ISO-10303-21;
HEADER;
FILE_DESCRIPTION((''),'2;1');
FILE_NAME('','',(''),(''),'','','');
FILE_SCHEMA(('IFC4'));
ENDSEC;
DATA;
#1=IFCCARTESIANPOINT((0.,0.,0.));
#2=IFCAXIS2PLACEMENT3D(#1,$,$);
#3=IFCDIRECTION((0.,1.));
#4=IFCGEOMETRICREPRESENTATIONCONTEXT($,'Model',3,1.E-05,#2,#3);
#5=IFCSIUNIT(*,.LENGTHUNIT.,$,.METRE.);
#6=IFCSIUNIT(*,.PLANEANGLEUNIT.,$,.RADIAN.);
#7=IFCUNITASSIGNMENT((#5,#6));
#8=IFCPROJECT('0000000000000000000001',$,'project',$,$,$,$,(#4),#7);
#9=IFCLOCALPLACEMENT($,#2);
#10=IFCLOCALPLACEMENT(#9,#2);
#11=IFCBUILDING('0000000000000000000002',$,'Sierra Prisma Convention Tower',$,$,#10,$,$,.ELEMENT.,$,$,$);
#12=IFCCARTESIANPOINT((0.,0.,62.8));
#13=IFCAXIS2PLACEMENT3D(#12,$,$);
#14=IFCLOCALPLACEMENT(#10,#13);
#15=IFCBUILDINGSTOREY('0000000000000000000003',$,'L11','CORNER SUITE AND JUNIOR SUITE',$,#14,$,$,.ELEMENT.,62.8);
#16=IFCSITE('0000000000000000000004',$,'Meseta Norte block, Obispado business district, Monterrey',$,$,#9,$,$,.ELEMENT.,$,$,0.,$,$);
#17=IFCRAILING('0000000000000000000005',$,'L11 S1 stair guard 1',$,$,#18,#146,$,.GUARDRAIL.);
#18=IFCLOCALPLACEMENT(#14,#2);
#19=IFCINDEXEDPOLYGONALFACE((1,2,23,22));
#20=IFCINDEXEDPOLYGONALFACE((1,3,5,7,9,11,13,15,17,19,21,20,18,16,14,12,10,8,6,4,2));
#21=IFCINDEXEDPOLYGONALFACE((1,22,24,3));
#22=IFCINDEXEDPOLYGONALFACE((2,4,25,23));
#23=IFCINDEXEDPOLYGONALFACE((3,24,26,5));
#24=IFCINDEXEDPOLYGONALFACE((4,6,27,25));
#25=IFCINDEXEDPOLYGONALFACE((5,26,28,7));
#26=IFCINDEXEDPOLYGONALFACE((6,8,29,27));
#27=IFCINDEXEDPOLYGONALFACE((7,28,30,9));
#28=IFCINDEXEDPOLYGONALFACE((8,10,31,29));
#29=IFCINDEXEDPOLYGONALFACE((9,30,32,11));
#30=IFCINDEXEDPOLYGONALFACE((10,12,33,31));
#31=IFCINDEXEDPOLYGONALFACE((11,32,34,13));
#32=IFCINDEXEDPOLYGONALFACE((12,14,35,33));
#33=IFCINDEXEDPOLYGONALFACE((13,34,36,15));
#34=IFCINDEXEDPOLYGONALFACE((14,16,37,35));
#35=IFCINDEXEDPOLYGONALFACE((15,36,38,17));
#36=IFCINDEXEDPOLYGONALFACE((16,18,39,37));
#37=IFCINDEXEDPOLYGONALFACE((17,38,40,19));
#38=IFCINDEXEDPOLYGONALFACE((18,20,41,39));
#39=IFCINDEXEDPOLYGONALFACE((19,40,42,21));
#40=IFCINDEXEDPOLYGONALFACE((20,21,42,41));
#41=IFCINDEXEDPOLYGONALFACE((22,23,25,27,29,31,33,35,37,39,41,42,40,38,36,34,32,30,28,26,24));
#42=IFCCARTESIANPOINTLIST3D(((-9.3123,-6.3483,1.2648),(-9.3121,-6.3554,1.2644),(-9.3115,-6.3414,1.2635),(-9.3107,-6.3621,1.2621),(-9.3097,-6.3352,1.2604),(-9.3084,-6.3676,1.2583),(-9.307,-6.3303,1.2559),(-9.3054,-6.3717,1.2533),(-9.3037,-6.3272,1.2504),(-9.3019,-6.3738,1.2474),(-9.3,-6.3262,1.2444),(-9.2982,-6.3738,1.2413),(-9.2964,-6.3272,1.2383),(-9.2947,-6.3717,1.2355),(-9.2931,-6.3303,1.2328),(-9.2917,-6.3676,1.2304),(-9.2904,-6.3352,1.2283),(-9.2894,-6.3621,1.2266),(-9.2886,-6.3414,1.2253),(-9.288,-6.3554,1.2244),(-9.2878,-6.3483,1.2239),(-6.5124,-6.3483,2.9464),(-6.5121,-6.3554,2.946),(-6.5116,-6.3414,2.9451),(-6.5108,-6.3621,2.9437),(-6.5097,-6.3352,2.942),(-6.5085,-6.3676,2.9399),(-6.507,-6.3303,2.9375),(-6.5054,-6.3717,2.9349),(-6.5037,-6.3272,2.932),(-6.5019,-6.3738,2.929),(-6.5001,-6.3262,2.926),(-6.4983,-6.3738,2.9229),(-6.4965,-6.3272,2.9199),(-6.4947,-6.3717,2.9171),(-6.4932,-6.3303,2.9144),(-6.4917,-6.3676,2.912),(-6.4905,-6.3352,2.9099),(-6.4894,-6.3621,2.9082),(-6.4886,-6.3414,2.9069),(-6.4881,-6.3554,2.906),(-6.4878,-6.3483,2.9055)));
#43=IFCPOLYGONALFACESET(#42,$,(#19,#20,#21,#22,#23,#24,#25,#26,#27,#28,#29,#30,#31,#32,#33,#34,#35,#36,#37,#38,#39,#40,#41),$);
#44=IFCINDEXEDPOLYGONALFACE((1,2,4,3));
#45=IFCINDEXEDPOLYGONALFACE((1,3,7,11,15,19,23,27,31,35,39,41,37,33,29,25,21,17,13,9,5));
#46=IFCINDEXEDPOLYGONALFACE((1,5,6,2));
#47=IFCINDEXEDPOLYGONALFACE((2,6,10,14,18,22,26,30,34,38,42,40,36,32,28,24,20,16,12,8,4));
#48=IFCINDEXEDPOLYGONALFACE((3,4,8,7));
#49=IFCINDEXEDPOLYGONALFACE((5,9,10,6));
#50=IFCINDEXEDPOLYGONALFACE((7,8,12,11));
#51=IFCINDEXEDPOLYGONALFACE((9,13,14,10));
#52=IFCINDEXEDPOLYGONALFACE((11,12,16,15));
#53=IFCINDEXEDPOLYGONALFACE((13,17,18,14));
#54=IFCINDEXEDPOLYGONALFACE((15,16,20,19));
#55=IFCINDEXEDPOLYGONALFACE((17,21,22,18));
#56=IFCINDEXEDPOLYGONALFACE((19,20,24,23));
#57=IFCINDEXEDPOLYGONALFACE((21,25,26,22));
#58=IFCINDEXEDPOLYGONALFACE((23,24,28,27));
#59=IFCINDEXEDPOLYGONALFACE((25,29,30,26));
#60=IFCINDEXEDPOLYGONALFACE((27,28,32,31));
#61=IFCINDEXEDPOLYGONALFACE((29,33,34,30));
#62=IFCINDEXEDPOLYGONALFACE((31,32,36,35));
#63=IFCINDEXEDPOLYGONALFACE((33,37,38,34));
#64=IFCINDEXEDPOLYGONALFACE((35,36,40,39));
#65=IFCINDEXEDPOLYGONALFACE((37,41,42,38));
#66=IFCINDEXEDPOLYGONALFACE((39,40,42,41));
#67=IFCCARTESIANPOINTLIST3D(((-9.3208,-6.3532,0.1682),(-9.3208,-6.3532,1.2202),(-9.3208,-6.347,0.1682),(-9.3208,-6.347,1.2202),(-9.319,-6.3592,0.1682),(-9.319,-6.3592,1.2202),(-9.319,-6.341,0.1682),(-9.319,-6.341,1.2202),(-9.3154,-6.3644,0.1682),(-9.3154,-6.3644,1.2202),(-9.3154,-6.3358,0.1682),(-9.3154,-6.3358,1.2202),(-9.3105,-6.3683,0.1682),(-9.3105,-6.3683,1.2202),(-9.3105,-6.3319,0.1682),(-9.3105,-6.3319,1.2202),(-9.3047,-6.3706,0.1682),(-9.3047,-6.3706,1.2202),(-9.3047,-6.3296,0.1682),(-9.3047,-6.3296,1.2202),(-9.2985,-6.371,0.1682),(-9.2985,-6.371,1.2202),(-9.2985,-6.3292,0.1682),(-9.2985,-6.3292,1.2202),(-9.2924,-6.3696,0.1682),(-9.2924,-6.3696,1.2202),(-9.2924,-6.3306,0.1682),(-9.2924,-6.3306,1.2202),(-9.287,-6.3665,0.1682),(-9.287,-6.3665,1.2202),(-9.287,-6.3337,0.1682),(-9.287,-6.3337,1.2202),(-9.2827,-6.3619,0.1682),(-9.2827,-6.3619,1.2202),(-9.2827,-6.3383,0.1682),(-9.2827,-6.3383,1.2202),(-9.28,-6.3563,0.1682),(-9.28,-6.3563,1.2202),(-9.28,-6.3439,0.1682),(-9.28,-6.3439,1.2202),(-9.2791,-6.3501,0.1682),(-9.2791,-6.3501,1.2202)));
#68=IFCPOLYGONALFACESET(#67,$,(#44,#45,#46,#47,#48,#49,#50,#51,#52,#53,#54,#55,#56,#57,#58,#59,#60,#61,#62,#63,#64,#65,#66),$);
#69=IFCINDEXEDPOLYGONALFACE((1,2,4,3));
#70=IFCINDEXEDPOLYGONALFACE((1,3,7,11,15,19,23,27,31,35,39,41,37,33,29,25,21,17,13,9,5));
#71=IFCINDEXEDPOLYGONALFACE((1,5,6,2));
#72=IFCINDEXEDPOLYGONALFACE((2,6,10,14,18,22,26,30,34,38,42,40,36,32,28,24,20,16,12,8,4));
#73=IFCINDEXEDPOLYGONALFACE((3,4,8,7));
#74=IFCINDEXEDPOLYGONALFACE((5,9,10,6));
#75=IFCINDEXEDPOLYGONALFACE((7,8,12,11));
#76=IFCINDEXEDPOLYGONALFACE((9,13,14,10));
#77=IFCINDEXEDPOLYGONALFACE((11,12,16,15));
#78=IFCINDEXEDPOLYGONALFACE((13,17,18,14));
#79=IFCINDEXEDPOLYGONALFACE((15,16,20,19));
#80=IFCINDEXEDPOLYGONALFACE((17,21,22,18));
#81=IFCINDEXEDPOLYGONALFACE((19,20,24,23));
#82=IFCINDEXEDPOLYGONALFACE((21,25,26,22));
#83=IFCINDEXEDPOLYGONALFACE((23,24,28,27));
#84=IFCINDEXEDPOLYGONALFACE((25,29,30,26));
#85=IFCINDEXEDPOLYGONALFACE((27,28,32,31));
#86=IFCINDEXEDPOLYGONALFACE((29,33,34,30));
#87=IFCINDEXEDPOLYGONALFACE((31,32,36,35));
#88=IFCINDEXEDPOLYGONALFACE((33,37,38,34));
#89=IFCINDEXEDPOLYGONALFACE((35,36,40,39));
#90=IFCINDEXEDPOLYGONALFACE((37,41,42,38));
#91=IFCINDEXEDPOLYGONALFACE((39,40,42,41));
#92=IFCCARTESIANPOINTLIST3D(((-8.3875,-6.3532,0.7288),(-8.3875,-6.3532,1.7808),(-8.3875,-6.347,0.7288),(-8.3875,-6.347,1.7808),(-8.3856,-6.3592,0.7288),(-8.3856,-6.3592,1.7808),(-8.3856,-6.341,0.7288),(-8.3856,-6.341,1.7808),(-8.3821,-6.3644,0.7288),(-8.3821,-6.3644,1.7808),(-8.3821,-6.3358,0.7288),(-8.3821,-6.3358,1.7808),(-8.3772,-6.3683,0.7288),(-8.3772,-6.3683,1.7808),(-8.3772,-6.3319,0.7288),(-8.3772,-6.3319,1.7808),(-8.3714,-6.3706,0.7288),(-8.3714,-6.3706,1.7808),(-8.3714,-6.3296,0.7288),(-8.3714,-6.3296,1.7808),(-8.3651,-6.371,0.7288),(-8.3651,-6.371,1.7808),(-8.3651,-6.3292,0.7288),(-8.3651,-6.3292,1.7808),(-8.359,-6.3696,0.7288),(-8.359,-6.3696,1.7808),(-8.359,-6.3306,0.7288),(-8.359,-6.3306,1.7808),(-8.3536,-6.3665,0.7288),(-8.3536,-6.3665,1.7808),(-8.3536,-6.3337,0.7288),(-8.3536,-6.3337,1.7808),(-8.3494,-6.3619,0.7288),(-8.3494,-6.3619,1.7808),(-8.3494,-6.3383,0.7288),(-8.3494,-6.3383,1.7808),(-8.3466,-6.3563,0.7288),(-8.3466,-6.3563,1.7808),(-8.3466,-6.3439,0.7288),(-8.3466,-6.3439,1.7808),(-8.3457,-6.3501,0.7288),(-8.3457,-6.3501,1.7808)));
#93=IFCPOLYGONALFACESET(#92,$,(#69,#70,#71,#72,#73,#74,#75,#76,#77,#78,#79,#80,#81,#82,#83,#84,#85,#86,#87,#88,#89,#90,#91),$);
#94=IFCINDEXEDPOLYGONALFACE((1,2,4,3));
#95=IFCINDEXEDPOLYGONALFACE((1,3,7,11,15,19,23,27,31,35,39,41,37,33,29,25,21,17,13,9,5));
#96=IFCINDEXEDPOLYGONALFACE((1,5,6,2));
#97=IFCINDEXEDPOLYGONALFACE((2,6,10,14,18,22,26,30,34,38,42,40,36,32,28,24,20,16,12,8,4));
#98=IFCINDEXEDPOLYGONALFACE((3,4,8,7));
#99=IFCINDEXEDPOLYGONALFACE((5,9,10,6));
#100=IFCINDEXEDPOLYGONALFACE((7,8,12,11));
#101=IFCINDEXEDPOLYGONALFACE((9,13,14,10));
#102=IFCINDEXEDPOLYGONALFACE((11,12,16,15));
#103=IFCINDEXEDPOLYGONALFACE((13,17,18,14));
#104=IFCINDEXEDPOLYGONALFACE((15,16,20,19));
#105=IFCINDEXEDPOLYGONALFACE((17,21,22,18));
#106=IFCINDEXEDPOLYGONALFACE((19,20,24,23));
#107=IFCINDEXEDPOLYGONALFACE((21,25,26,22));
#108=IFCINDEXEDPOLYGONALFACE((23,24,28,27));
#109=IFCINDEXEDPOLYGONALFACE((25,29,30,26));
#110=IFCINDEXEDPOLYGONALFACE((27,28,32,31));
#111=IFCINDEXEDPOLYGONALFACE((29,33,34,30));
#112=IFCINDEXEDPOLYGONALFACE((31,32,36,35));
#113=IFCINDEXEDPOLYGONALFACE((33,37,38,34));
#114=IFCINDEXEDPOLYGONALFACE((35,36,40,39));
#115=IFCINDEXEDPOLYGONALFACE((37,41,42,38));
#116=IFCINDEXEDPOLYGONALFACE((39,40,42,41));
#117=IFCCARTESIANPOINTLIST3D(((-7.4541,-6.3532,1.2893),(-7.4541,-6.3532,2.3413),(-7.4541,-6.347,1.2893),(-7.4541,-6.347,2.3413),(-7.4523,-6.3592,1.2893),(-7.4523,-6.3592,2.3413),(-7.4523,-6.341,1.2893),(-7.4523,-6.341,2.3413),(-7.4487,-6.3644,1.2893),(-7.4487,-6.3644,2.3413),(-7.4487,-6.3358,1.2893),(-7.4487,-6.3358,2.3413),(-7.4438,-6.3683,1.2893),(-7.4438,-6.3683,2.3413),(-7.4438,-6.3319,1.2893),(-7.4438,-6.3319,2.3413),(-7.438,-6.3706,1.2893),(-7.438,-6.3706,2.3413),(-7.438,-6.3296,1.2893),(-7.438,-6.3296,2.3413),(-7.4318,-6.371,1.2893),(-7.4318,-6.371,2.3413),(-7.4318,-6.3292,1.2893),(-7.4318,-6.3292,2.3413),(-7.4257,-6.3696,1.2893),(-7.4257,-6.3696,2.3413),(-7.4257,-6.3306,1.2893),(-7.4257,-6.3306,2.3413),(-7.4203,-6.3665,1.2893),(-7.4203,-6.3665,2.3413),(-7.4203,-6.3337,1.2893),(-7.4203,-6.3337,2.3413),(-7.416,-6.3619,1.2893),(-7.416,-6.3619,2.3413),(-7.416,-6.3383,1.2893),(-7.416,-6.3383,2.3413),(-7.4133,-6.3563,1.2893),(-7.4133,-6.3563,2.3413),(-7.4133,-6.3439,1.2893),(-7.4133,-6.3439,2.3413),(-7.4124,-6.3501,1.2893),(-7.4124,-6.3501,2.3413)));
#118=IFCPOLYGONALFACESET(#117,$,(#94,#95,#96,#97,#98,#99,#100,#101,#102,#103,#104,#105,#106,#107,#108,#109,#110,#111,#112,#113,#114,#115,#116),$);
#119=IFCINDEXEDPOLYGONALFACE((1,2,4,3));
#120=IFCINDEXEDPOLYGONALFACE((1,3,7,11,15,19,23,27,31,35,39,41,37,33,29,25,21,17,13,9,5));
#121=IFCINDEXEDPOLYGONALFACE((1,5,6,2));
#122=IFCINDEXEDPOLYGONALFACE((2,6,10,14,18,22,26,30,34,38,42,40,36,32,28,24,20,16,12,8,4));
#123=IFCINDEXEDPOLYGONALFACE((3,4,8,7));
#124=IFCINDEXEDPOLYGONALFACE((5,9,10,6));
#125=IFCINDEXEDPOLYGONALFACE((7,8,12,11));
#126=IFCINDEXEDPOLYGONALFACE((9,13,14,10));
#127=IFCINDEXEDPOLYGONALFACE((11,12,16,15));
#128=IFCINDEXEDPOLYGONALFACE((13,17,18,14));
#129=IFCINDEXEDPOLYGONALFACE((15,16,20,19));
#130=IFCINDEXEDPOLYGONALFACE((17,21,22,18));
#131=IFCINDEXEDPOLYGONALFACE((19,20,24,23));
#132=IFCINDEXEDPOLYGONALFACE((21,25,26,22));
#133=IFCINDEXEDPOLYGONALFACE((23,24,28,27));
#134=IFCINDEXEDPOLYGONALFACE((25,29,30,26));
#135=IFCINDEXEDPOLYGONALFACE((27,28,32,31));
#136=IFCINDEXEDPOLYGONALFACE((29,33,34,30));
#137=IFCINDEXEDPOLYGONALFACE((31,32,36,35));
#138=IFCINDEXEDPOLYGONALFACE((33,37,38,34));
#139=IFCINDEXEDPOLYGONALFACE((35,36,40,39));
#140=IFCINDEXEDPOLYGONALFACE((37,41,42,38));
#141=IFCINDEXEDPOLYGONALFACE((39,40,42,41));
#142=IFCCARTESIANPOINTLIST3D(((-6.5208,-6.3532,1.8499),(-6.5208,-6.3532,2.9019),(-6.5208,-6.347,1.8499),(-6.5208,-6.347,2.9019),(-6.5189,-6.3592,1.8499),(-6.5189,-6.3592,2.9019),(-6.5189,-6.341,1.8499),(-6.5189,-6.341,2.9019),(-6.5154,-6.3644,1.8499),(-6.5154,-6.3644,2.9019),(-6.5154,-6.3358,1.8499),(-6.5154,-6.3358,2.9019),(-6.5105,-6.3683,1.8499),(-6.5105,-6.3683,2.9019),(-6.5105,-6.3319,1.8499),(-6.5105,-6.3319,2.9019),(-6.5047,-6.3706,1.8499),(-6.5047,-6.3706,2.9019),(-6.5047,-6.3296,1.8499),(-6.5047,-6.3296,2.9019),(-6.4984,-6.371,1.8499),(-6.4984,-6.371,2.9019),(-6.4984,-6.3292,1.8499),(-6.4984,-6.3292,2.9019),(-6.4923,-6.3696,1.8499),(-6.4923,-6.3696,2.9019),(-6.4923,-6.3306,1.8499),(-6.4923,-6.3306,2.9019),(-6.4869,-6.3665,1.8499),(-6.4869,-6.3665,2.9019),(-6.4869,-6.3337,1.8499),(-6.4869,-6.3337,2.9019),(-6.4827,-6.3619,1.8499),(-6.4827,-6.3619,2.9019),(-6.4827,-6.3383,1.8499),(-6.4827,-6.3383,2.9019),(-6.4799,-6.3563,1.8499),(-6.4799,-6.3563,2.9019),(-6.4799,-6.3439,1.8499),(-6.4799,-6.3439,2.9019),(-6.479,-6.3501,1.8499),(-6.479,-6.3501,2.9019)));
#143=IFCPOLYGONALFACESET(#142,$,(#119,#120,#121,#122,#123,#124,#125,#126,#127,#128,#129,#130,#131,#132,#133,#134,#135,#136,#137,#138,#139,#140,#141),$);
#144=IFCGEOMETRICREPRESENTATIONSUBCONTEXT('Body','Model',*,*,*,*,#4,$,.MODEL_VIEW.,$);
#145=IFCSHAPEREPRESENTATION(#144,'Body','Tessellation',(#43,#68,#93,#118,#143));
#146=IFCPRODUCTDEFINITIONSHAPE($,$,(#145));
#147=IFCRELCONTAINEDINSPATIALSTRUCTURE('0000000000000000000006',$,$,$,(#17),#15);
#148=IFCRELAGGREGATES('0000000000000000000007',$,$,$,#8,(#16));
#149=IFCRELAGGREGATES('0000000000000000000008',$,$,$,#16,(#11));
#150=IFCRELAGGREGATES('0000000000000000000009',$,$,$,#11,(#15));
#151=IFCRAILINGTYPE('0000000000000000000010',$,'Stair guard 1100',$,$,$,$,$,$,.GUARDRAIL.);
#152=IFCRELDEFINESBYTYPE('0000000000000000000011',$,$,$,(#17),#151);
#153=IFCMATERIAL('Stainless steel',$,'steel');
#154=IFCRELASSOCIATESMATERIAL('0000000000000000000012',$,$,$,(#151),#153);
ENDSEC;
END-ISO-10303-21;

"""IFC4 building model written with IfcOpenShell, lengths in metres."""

from ifc_helpers import new_model, si_unit, direction, frame, origin, origin_2d, place, context, subcontext, project, spatial, circle, extrude, material, type_object, element, save


model = new_model("IFC4")

# Units and contexts
model_context = context("Model", 3, precision=1e-05, world=origin(), true_north=direction((0.0, 1.0)))
body_context = subcontext(model_context, "Body", "Model", "MODEL_VIEW")
ifc_project = project(units=[si_unit("LENGTHUNIT", "METRE"), si_unit("PLANEANGLEUNIT", "RADIAN")], contexts=[model_context])

# Site, building, storey
site_placement = place(None, origin())
site = spatial("IfcSite", under=ifc_project, at=site_placement, Name="Meseta Norte block, Obispado business district, Monterrey", CompositionType="ELEMENT", RefElevation=0.0)
building_placement = place(site_placement, origin())
building = spatial("IfcBuilding", under=site, at=building_placement, Name="Sierra Prisma Convention Tower", CompositionType="ELEMENT")
storey_placement = place(building_placement, frame((0.0, 0.0, 62.8)))
storey = spatial("IfcBuildingStorey", under=building, at=storey_placement, Name="L11", Description="CORNER SUITE AND JUNIOR SUITE", CompositionType="ELEMENT", Elevation=62.8)

# Railing
ifc_material_1 = material(Name="Stainless steel", Category="steel")
railing_type_1 = type_object("IfcRailingType", Name="Stair guard 1100", PredefinedType="GUARDRAIL", material=ifc_material_1)
railing_1_placement = place(storey_placement, frame((-9.3, -6.3501, 0.1682)))
element("IfcRailing", 1, at=railing_1_placement, inside=storey, type_object=railing_type_1, Name="L11 S1 stair guard 1", PredefinedType="GUARDRAIL", context=body_context, shape_type="SweptSolid", body=[
    extrude(circle(Radius=0.0239, at=origin_2d()), frame((0.0, 0.0, 1.0762), z_axis=(0.857275, 0.0, 0.514858), x_axis=(0.0, 1.0, 0.0)), (0.0, 0.0, 1.0), 3.2661),
    extrude(circle(Radius=0.021, at=origin_2d()), origin(), (0.0, 0.0, 1.0), 1.052),
    extrude(circle(Radius=0.021, at=origin_2d()), frame((0.9333, 0.0, 0.5605)), (0.0, 0.0, 1.0), 1.052),
    extrude(circle(Radius=0.021, at=origin_2d()), frame((1.8667, 0.0, 1.1211)), (0.0, 0.0, 1.0), 1.052),
    extrude(circle(Radius=0.021, at=origin_2d()), frame((2.8, 0.0, 1.6816)), (0.0, 0.0, 1.0), 1.052),
])

save(model, "model.ifc")
